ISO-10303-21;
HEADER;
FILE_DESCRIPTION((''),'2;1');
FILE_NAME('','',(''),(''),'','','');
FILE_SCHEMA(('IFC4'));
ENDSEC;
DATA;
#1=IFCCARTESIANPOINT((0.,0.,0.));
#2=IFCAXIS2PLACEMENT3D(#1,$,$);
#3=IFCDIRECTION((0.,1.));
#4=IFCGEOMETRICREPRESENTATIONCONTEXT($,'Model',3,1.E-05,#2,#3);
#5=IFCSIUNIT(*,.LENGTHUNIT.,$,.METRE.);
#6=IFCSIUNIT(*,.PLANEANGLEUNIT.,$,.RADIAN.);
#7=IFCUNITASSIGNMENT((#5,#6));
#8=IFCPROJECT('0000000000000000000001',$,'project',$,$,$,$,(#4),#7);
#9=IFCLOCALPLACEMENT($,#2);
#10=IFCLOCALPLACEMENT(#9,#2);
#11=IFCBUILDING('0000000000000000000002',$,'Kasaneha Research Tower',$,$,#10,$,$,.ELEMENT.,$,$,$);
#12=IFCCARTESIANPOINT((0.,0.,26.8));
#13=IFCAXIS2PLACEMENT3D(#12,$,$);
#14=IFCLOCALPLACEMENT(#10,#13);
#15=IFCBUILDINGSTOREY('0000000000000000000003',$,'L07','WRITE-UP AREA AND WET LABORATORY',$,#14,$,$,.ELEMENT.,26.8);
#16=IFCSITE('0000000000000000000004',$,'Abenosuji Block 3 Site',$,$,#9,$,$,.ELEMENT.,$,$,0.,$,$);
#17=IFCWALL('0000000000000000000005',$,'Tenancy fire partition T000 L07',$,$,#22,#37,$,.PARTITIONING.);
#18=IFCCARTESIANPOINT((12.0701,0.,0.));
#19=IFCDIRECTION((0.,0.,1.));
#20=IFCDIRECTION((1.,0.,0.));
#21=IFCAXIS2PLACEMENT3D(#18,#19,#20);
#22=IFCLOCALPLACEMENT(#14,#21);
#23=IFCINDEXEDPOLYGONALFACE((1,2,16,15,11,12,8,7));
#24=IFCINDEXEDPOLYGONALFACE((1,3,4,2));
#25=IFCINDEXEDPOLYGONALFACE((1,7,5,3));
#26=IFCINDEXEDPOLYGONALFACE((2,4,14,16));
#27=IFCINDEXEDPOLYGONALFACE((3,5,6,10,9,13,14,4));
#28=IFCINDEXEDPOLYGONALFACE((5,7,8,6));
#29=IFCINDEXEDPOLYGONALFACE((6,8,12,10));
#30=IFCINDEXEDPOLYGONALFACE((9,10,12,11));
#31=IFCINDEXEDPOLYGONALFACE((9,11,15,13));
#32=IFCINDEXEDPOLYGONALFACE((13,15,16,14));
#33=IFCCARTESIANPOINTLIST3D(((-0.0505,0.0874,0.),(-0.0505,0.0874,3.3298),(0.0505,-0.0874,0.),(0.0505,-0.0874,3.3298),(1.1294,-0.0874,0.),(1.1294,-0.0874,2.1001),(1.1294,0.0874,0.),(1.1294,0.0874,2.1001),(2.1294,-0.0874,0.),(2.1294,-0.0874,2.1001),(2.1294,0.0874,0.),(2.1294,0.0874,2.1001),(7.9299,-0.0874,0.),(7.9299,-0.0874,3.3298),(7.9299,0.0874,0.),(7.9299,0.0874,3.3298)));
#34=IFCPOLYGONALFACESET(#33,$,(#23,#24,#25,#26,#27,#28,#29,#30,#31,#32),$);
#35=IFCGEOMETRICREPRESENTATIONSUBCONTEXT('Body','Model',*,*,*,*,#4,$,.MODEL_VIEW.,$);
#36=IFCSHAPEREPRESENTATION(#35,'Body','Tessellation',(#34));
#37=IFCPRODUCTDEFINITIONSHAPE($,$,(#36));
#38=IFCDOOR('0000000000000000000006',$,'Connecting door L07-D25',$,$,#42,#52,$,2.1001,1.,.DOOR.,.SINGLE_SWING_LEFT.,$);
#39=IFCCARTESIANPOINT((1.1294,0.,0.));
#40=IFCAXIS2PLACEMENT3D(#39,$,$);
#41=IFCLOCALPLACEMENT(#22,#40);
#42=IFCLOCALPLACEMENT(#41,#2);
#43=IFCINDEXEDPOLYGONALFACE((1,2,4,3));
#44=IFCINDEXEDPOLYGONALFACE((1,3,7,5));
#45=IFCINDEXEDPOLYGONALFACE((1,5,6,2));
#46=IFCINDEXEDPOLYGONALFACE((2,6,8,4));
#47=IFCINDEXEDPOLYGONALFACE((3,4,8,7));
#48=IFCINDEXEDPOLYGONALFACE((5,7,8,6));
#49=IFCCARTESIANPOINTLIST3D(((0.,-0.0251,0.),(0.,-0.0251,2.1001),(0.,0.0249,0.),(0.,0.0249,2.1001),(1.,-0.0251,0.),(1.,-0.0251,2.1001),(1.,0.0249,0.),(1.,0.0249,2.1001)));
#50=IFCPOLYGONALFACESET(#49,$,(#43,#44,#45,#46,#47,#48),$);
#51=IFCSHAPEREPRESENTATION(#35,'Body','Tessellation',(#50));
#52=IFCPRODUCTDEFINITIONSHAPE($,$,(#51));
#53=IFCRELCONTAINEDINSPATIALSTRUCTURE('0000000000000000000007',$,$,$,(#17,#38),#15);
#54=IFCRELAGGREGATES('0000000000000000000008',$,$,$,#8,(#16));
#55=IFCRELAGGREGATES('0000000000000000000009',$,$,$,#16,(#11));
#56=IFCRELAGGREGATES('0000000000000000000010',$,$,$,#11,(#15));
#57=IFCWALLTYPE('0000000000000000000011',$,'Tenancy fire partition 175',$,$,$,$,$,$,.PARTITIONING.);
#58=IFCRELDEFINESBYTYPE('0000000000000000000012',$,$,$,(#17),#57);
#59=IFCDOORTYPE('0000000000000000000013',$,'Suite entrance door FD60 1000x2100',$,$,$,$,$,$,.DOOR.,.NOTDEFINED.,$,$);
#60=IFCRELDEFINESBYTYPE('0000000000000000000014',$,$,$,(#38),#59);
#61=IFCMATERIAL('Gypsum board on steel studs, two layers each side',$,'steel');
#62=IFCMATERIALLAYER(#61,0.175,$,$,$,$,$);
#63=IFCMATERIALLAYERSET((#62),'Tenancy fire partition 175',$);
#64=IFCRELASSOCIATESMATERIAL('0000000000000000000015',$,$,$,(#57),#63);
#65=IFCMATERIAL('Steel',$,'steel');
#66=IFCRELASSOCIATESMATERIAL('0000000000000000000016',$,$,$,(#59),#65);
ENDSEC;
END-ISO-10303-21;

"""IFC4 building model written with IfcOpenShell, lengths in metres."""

from ifc_helpers import new_model, si_unit, direction, frame, frame_2d, origin, place, context, subcontext, project, spatial, polyline, rectangle, outline, extrude, material, layer, layer_set, type_object, element, fill, save


model = new_model("IFC4")

# Units and contexts
model_context = context("Model", 3, precision=1e-05, world=origin(), true_north=direction((0.0, 1.0)))
body_context = subcontext(model_context, "Body", "Model", "MODEL_VIEW")
ifc_project = project(units=[si_unit("LENGTHUNIT", "METRE"), si_unit("PLANEANGLEUNIT", "RADIAN")], contexts=[model_context])

# Site, building, storey
site_placement = place(None, origin())
site = spatial("IfcSite", under=ifc_project, at=site_placement, Name="Abenosuji Block 3 Site", CompositionType="ELEMENT", RefElevation=0.0)
building_placement = place(site_placement, origin())
building = spatial("IfcBuilding", under=site, at=building_placement, Name="Kasaneha Research Tower", CompositionType="ELEMENT")
storey_placement = place(building_placement, frame((0.0, 0.0, 26.8)))
storey = spatial("IfcBuildingStorey", under=building, at=storey_placement, Name="L07", Description="WRITE-UP AREA AND WET LABORATORY", CompositionType="ELEMENT", Elevation=26.8)

# Wall, opening, door
ifc_material_1 = material(Name="Gypsum board on steel studs, two layers each side", Category="steel")
ifc_layer_1 = layer(ifc_material_1, 0.175)
ifc_layer_set_1 = layer_set([ifc_layer_1], Name="Tenancy fire partition 175")
wall_type_1 = type_object("IfcWallType", Name="Tenancy fire partition 175", PredefinedType="PARTITIONING", material=ifc_layer_set_1)
wall_1_placement = place(storey_placement, frame((12.0701, 0.0, 0.0), z_axis=(0.0, 0.0, 1.0), x_axis=(1.0, 0.0, 0.0)))
wall_1 = element("IfcWall", 1, at=wall_1_placement, inside=storey, type_object=wall_type_1, Name="Tenancy fire partition T000 L07", PredefinedType="PARTITIONING", context=body_context, shape_type="SweptSolid", body=[
    extrude(outline(polyline([(0.0505, -0.0874), (1.1294, -0.0874), (2.1294, -0.0874), (7.9299, -0.0874), (7.9299, 0.0874), (2.1294, 0.0874), (1.1294, 0.0874), (-0.0505, 0.0874), (0.0505, -0.0874)])), origin(), (0.0, 0.0, 1.0), 3.3298),
])
opening_1_placement = place(wall_1_placement, frame((1.1294, 0.0, 0.0)))
opening_1 = element("IfcOpeningElement", 2, at=opening_1_placement, cuts=wall_1, PredefinedType="OPENING", context=body_context, shape_type="SweptSolid", body=[
    extrude(rectangle(XDim=1.0, YDim=2.1001, at=frame_2d((0.5, 1.05))), frame((0.0, 0.0977, 0.0), z_axis=(0.0, -1.0, 0.0), x_axis=(1.0, 0.0, 0.0)), (0.0, 0.0, 1.0), 0.1951),
])
ifc_material_2 = material(Name="Steel", Category="steel")
door_type_1 = type_object("IfcDoorType", Name="Suite entrance door FD60 1000x2100", OperationType="NOTDEFINED", PredefinedType="DOOR", material=ifc_material_2)
door_1_placement = place(opening_1_placement, origin())
door_1 = element("IfcDoor", 3, at=door_1_placement, inside=storey, type_object=door_type_1, Name="Connecting door L07-D25", OperationType="SINGLE_SWING_LEFT", OverallHeight=2.1001, OverallWidth=1.0, PredefinedType="DOOR", context=body_context, shape_type="SweptSolid", body=[
    extrude(rectangle(XDim=1.0, YDim=2.1001, at=frame_2d((0.5, 1.05))), frame((0.0, 0.0249, 0.0), z_axis=(0.0, -1.0, 0.0), x_axis=(1.0, 0.0, 0.0)), (0.0, 0.0, 1.0), 0.05),
])
fill(opening_1, door_1)

save(model, "model.ifc")
